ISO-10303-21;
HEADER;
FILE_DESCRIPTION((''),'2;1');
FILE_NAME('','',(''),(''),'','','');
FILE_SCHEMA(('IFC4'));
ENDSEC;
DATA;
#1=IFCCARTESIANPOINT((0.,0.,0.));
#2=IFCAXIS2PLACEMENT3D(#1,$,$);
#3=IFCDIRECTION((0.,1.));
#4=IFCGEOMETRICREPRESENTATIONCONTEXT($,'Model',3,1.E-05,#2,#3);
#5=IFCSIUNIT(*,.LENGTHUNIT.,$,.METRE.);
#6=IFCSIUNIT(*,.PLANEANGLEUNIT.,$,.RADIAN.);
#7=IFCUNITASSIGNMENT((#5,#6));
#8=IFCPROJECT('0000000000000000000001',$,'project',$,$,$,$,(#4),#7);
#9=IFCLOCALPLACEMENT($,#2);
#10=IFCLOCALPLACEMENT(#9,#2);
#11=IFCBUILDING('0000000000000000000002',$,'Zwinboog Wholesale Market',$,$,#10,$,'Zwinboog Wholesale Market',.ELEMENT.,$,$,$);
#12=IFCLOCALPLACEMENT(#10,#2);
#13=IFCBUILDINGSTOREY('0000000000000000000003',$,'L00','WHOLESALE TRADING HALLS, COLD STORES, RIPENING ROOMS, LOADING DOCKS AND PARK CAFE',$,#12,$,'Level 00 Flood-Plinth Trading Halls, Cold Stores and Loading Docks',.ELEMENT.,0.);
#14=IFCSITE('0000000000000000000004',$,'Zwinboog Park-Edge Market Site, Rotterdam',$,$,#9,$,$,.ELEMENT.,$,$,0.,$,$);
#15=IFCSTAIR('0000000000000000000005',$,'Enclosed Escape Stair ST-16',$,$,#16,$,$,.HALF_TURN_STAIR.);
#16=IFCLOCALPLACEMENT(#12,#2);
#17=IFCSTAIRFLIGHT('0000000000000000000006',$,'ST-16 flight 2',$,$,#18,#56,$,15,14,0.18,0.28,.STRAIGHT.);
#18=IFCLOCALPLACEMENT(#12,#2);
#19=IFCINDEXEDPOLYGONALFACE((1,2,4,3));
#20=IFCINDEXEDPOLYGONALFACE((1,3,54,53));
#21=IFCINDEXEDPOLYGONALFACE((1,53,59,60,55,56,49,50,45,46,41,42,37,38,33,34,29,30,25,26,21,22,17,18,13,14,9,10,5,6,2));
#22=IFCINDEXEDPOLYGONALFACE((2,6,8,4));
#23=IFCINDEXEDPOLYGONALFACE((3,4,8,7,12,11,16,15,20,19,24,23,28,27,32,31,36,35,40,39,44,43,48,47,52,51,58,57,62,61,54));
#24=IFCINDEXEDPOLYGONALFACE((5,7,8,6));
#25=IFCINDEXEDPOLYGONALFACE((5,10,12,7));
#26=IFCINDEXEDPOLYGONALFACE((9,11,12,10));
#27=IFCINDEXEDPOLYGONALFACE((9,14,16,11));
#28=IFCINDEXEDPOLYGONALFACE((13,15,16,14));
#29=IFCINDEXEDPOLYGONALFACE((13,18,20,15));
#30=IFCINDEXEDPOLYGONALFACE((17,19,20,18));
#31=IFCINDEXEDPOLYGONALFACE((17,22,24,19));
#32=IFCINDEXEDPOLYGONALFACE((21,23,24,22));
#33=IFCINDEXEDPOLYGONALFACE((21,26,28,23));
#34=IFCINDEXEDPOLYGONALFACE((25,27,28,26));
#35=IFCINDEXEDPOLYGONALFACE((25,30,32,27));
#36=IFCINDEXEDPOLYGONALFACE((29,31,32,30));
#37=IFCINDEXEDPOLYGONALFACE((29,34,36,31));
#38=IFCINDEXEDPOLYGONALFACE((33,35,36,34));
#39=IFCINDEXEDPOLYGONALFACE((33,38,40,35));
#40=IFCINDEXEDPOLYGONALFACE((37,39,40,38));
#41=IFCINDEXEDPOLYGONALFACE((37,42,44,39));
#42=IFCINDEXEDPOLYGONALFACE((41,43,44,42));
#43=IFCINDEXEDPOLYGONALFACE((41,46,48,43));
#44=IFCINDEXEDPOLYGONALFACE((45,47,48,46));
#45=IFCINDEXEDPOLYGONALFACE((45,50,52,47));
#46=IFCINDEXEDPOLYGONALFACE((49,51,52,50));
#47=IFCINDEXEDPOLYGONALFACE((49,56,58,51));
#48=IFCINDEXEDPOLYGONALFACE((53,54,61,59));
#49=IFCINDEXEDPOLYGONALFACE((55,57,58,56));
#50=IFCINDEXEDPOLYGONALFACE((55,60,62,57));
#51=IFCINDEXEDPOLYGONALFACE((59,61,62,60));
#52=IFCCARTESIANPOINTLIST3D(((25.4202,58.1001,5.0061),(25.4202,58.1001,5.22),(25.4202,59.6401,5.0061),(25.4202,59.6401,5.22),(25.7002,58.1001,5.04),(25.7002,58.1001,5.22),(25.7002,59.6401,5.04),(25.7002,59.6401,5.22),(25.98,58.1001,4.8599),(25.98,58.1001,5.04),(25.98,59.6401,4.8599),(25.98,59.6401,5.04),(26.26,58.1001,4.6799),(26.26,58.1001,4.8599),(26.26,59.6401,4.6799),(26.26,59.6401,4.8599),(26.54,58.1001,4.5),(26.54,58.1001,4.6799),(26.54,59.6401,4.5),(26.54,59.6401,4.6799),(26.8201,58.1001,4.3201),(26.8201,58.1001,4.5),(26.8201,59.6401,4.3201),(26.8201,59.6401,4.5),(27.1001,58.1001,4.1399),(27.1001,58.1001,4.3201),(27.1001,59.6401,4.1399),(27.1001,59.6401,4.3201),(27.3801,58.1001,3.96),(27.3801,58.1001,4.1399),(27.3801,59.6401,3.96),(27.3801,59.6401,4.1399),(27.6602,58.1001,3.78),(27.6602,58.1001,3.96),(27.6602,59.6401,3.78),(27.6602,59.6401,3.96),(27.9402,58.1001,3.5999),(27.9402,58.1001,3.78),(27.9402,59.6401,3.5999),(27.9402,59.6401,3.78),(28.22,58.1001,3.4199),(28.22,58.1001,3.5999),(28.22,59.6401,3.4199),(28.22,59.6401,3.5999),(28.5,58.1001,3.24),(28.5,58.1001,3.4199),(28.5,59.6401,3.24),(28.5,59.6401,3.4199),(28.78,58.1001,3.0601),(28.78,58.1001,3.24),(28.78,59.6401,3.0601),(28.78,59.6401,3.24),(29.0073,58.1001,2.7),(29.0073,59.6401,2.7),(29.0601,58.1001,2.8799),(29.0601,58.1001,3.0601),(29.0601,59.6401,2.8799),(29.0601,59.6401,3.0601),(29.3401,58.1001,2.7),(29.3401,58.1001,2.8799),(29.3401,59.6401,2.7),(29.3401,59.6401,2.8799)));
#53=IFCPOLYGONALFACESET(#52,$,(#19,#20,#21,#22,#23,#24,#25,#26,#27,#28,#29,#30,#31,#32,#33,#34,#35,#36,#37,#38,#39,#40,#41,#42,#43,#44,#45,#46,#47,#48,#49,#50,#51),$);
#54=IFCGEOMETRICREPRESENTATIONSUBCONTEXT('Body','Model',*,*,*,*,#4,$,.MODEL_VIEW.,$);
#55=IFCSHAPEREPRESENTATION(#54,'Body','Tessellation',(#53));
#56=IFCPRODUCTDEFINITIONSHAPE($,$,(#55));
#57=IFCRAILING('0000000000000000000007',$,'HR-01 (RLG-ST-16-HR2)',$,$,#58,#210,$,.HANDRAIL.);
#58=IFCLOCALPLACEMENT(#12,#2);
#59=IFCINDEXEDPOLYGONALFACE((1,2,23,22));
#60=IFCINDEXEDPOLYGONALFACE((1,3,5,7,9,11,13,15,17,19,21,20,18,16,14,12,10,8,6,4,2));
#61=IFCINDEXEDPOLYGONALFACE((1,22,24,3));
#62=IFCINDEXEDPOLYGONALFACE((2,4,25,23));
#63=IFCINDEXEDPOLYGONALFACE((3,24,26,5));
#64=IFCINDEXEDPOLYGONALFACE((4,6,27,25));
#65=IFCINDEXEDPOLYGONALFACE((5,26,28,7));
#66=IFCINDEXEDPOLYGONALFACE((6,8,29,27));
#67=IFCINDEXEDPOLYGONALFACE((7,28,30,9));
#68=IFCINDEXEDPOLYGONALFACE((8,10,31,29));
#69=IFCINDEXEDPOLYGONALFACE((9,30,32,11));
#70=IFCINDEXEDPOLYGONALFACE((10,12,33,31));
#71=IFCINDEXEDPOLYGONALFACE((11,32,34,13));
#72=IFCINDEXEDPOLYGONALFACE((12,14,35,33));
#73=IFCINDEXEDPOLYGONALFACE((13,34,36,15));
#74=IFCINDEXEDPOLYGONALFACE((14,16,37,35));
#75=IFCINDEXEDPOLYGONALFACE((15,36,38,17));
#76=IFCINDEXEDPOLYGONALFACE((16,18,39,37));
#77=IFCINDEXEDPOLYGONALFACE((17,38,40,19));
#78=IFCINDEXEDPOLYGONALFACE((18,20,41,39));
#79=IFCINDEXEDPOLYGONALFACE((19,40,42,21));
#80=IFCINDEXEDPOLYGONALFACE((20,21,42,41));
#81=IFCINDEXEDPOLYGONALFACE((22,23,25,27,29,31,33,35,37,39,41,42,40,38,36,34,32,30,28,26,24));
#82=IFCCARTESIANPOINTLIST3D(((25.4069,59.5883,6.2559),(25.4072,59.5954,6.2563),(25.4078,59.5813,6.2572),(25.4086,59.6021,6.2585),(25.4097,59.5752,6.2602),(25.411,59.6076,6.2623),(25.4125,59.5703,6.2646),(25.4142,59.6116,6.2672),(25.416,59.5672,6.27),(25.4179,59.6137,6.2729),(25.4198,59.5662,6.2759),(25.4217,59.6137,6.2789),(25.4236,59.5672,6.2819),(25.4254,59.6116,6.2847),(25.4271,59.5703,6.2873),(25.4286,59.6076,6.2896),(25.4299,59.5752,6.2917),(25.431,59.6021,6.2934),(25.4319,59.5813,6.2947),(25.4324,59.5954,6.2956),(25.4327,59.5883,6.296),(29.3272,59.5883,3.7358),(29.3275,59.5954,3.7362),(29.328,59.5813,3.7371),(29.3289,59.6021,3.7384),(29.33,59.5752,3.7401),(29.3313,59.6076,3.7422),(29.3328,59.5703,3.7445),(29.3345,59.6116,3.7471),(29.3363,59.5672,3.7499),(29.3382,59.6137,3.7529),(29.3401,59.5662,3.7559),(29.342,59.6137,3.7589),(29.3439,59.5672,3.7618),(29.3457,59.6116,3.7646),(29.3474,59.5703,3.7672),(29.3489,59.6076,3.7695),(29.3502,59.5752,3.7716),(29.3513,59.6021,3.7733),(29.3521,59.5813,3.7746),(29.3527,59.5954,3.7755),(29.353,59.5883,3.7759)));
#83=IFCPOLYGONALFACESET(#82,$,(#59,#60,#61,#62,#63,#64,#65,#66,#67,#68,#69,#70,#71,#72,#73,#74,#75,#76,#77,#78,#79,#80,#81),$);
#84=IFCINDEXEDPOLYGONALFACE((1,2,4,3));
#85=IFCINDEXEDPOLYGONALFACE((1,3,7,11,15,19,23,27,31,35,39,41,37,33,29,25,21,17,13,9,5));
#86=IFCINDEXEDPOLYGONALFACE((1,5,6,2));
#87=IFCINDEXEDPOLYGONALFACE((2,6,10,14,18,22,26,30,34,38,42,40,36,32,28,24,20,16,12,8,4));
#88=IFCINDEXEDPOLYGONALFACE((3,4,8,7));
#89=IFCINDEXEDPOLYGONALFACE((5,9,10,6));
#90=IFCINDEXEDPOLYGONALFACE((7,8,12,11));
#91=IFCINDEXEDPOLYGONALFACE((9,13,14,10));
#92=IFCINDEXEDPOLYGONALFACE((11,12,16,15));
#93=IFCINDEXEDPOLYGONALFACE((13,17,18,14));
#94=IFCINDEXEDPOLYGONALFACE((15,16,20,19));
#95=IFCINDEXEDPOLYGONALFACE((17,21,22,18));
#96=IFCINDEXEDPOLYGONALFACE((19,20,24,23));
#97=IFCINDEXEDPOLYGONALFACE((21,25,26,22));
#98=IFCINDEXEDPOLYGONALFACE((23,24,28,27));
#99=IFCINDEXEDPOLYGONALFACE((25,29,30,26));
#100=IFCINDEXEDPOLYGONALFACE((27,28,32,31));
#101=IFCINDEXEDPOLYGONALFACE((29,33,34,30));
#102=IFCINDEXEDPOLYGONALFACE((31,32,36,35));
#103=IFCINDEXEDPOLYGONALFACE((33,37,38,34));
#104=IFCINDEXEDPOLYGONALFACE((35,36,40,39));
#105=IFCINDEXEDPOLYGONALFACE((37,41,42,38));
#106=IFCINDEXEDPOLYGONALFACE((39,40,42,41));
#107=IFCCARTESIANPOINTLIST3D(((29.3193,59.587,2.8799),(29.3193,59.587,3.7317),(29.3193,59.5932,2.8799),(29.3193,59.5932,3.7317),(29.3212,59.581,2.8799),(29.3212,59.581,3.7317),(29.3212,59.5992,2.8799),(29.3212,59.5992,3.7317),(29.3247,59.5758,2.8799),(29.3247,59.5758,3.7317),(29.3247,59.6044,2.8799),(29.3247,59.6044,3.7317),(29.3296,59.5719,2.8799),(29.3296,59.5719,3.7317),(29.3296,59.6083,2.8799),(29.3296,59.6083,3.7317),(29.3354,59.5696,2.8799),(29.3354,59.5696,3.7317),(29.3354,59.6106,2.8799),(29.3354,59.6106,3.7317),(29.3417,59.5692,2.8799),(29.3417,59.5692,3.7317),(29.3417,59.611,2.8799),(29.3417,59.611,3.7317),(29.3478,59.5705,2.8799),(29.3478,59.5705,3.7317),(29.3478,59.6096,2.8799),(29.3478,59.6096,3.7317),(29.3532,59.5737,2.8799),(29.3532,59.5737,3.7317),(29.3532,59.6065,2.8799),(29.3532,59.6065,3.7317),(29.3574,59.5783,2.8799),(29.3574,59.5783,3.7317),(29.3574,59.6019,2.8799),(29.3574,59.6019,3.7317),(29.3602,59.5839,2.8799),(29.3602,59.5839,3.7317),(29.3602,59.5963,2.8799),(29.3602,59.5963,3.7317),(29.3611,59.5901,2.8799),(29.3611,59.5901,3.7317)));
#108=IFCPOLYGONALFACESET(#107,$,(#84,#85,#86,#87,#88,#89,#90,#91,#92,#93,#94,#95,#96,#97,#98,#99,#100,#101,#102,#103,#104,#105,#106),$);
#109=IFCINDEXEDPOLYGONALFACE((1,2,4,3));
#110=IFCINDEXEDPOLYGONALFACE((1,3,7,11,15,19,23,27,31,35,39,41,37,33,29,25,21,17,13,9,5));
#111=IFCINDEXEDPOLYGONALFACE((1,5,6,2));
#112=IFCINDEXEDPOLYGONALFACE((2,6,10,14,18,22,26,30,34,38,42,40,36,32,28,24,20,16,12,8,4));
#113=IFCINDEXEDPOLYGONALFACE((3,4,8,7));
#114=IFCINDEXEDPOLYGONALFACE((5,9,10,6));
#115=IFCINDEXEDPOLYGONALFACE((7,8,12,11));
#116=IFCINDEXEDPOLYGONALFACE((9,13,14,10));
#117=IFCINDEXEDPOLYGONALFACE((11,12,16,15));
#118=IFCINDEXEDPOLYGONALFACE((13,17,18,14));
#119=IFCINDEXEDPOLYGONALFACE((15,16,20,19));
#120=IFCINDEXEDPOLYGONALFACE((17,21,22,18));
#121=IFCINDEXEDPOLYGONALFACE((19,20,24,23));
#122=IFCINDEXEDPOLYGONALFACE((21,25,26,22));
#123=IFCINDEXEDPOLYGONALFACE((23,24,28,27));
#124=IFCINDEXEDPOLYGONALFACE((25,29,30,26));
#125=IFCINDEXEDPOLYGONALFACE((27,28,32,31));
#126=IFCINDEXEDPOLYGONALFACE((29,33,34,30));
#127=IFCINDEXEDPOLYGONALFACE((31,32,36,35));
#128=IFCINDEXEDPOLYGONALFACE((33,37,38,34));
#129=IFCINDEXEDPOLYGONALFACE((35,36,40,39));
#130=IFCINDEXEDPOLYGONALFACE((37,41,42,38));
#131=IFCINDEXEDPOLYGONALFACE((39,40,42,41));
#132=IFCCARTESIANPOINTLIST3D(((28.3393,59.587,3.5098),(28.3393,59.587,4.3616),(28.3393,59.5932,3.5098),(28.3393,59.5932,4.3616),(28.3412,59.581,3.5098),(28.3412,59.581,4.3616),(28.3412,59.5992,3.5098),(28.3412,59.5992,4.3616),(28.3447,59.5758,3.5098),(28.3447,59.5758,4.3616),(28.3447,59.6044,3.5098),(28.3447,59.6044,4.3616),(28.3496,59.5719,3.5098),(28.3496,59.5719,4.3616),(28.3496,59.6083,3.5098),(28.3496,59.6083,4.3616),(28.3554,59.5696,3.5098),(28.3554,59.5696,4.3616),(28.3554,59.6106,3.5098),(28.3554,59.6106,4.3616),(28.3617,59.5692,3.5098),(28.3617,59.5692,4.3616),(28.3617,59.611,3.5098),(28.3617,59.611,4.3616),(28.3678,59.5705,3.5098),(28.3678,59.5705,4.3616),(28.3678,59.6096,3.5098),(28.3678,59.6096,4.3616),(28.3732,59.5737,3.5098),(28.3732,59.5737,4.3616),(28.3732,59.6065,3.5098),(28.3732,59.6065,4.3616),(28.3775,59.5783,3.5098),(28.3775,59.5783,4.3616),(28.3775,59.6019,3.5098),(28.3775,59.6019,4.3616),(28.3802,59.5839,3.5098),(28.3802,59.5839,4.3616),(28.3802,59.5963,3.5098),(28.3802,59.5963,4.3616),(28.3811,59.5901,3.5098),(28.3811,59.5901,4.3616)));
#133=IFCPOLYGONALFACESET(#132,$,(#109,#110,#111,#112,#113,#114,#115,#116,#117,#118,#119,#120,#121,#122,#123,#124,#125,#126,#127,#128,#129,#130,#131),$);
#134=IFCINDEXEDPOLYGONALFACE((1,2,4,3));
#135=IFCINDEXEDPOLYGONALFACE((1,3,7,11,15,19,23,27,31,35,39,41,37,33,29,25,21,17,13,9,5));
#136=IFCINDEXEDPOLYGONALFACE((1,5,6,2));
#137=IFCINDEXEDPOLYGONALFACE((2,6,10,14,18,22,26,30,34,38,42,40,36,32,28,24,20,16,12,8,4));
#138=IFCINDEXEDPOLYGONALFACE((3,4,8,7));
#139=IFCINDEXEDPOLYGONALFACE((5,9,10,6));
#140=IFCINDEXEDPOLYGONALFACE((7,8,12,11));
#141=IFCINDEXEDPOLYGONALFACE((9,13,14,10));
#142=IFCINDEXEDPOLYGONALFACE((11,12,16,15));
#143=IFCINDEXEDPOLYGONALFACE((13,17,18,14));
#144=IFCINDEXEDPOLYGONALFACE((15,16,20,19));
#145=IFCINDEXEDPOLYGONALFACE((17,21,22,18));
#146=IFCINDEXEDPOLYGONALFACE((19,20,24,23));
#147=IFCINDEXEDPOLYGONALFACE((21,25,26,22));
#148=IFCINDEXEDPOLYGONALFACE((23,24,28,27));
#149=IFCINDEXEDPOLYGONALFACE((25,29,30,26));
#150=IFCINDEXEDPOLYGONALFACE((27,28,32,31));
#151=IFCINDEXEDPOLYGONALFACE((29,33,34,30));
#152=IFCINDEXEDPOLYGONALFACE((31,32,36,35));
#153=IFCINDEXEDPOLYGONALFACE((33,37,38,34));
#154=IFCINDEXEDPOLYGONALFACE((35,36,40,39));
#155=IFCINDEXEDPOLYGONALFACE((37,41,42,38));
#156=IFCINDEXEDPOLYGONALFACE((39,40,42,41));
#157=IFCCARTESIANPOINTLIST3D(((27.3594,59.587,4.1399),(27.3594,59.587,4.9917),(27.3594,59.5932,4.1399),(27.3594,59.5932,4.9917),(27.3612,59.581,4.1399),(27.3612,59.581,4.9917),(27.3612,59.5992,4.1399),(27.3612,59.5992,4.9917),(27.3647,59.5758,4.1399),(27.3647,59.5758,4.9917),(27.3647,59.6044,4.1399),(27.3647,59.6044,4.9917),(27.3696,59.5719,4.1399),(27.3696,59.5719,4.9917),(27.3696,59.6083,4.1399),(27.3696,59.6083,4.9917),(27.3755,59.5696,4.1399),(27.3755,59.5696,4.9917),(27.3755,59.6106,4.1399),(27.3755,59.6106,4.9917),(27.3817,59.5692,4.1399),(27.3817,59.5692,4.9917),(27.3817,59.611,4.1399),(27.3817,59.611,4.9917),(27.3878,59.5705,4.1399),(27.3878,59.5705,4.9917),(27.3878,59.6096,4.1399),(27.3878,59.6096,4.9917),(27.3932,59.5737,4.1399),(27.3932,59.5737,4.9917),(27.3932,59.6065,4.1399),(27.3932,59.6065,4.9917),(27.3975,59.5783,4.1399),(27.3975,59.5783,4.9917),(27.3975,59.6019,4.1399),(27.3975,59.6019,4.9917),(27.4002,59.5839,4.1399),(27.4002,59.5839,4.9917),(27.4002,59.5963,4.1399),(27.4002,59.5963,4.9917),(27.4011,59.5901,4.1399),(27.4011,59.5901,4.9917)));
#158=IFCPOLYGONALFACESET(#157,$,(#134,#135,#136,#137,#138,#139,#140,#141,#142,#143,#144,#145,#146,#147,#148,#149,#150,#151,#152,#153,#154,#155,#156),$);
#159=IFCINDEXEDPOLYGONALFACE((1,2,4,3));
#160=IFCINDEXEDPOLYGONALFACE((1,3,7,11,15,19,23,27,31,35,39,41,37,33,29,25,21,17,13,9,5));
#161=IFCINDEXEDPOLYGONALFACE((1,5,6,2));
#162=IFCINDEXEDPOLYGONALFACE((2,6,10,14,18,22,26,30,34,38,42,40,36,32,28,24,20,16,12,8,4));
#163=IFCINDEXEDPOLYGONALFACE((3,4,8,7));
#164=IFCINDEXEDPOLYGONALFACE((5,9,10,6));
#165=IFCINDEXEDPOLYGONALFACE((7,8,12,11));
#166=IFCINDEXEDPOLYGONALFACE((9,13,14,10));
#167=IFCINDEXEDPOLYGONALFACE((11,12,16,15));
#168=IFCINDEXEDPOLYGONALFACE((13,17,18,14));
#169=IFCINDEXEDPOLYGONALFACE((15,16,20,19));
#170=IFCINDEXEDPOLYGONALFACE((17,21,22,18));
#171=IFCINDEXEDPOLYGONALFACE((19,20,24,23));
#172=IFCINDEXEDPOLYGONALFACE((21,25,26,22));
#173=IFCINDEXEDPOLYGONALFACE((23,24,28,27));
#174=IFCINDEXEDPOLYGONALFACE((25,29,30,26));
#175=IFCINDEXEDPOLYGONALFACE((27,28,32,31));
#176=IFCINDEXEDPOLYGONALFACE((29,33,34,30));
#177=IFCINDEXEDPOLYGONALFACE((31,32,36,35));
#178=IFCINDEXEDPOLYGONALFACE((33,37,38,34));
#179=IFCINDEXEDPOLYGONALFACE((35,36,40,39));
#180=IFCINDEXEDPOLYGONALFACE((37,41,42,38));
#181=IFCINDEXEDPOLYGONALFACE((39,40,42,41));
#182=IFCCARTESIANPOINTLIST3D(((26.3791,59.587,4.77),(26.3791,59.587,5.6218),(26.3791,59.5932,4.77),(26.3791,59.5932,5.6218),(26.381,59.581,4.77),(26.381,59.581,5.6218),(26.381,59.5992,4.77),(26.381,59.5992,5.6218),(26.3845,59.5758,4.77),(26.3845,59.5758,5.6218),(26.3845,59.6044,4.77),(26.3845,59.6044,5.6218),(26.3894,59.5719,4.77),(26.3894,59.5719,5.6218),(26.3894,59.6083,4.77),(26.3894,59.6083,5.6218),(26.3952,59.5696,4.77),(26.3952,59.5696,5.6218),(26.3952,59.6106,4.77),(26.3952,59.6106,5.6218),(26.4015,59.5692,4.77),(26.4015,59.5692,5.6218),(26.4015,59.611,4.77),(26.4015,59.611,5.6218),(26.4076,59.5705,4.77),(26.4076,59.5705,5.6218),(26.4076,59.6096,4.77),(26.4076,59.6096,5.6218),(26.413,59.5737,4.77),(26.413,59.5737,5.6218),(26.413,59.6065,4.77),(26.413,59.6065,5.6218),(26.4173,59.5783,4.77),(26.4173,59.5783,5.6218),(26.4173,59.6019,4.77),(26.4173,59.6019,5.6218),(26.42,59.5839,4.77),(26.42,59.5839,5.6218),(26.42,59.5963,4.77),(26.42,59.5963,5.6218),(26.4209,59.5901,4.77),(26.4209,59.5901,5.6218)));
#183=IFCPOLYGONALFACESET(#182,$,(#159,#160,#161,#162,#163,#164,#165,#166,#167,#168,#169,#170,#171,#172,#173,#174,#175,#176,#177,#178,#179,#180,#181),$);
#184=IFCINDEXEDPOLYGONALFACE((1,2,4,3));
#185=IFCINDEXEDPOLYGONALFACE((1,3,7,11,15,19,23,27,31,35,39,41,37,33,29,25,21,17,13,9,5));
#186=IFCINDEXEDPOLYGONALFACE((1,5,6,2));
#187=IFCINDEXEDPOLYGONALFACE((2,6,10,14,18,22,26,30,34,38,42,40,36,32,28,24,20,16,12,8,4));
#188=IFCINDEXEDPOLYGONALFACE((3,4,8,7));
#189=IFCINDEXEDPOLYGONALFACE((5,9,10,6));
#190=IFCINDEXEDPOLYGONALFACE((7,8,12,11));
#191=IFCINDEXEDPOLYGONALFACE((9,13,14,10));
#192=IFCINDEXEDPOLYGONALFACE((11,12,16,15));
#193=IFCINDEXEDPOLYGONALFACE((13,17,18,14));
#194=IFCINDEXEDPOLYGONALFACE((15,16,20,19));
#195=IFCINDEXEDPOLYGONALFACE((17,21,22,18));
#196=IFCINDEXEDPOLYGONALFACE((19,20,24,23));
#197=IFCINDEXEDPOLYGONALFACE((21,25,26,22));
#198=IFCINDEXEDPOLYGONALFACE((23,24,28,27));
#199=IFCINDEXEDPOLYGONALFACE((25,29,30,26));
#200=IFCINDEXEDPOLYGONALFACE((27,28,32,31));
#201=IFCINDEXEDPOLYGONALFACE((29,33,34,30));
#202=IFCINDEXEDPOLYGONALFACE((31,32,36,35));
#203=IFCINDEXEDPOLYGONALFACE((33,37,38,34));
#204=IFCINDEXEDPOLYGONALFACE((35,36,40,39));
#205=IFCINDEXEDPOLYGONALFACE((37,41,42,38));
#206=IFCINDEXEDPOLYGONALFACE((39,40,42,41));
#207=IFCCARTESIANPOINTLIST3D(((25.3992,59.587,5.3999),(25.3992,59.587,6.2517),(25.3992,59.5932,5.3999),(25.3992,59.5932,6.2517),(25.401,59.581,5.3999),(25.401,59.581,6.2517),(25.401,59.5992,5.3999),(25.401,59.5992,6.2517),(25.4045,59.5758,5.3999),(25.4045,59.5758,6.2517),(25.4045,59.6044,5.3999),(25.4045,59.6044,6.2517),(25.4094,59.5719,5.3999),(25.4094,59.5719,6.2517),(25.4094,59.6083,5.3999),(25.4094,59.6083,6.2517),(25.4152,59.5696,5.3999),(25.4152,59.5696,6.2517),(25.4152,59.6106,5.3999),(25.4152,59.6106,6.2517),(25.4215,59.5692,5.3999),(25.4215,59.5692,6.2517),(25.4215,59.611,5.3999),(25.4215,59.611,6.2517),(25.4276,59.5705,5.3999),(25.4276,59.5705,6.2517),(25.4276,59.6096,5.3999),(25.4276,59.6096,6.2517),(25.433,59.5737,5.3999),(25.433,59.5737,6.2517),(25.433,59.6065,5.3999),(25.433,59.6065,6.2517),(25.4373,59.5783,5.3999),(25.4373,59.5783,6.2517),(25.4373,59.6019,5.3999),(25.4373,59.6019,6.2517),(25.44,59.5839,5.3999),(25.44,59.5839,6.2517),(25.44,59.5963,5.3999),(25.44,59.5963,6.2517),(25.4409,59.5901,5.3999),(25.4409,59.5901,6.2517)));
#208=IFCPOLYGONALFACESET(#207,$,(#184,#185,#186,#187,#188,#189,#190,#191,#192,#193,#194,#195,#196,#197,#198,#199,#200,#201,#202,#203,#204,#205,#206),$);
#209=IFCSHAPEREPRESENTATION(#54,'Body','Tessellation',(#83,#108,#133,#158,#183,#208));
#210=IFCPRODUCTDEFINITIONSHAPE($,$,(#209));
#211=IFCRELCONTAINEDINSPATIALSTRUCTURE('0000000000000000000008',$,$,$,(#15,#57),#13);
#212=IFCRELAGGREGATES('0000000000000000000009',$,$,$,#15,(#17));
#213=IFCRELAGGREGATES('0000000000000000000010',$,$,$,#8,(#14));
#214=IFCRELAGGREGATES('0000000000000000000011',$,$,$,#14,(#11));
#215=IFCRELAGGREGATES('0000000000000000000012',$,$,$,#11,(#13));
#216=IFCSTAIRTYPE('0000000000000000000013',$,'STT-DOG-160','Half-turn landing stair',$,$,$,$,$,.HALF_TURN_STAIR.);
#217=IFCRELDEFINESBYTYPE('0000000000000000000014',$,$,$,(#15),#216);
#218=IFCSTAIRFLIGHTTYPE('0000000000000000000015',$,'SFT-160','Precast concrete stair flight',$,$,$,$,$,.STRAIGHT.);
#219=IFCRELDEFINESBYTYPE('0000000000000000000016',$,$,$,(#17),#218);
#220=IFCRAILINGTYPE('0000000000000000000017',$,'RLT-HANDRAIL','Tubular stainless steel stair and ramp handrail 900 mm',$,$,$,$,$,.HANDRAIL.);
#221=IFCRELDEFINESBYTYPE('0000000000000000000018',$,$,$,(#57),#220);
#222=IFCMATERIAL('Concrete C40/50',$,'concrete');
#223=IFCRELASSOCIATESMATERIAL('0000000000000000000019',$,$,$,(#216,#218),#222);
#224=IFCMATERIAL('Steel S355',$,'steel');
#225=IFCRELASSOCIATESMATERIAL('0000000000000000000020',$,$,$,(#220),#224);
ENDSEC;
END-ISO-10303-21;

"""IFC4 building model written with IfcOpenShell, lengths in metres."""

from ifc_helpers import new_model, si_unit, direction, frame, origin, origin_2d, place, context, subcontext, project, spatial, polyline, circle, outline, extrude, material, type_object, element, aggregate, save


model = new_model("IFC4")

# Units and contexts
model_context = context("Model", 3, precision=1e-05, world=origin(), true_north=direction((0.0, 1.0)))
body_context = subcontext(model_context, "Body", "Model", "MODEL_VIEW")
ifc_project = project(units=[si_unit("LENGTHUNIT", "METRE"), si_unit("PLANEANGLEUNIT", "RADIAN")], contexts=[model_context])

# Site, building, storey
site_placement = place(None, origin())
site = spatial("IfcSite", under=ifc_project, at=site_placement, Name="Zwinboog Park-Edge Market Site, Rotterdam", CompositionType="ELEMENT", RefElevation=0.0)
building_placement = place(site_placement, origin())
building = spatial("IfcBuilding", under=site, at=building_placement, Name="Zwinboog Wholesale Market", LongName="Zwinboog Wholesale Market", CompositionType="ELEMENT")
storey_placement = place(building_placement, origin())
storey = spatial("IfcBuildingStorey", under=building, at=storey_placement, Name="L00", Description="WHOLESALE TRADING HALLS, COLD STORES, RIPENING ROOMS, LOADING DOCKS AND PARK CAFE", LongName="Level 00 Flood-Plinth Trading Halls, Cold Stores and Loading Docks", CompositionType="ELEMENT", Elevation=0.0)

# Shared definitions
ifc_material_1 = material(Name="Concrete C40/50", Category="concrete")

# Stair, stair flight
stair_type = type_object("IfcStairType", Name="STT-DOG-160", Description="Half-turn landing stair", PredefinedType="HALF_TURN_STAIR", material=ifc_material_1)
stair_placement = place(storey_placement, origin())
stair = element("IfcStair", 1, at=stair_placement, inside=storey, type_object=stair_type, Name="Enclosed Escape Stair ST-16", PredefinedType="HALF_TURN_STAIR")
stair_flight_type = type_object("IfcStairFlightType", Name="SFT-160", Description="Precast concrete stair flight", PredefinedType="STRAIGHT", material=ifc_material_1)
stair_flight_placement = place(storey_placement, frame((29.3401, 58.8701, 2.7), z_axis=(0.0, 0.0, 1.0), x_axis=(-1.0, 0.0, 0.0)))
stair_flight = element("IfcStairFlight", 2, at=stair_flight_placement, type_object=stair_flight_type, Name="ST-16 flight 2", NumberOfRisers=15, NumberOfTreads=14, PredefinedType="STRAIGHT", RiserHeight=0.18, TreadLength=0.28, context=body_context, shape_type="SweptSolid", body=[
    extrude(outline(polyline([(0.0, 0.0), (0.0, 0.1799), (0.28, 0.1799), (0.28, 0.3601), (0.5601, 0.3601), (0.5601, 0.54), (0.8401, 0.54), (0.8401, 0.72), (1.1201, 0.72), (1.1201, 0.8999), (1.3999, 0.8999), (1.3999, 1.0801), (1.6799, 1.0801), (1.6799, 1.26), (1.96, 1.26), (1.96, 1.4399), (2.24, 1.4399), (2.24, 1.6201), (2.52, 1.6201), (2.52, 1.8), (2.8, 1.8), (2.8, 1.98), (3.0801, 1.98), (3.0801, 2.1599), (3.3601, 2.1599), (3.3601, 2.3401), (3.6399, 2.3401), (3.6399, 2.52), (3.9199, 2.52), (3.9199, 2.7), (3.9199, 2.3062), (0.3328, 0.0), (0.0, 0.0)])), frame((0.0, 0.77, 0.0), z_axis=(0.0, -1.0, 0.0), x_axis=(1.0, 0.0, 0.0)), (0.0, 0.0, 1.0), 1.54),
])
aggregate(stair, [stair_flight])

# Railing
ifc_material_2 = material(Name="Steel S355", Category="steel")
railing_type_1 = type_object("IfcRailingType", Name="RLT-HANDRAIL", Description="Tubular stainless steel stair and ramp handrail 900 mm", PredefinedType="HANDRAIL", material=ifc_material_2)
railing_1_placement = place(storey_placement, frame((29.3401, 59.5901, 2.8799)))
element("IfcRailing", 3, at=railing_1_placement, inside=storey, type_object=railing_type_1, Name="HR-01 (RLG-ST-16-HR2)", PredefinedType="HANDRAIL", context=body_context, shape_type="SweptSolid", body=[
    extrude(circle(Radius=0.0239, at=origin_2d()), frame((0.0, 0.0, 0.876), z_axis=(-0.841187, 0.0, 0.540744), x_axis=(0.0, -1.0, 0.0)), (0.0, 0.0, 1.0), 4.6604),
    extrude(circle(Radius=0.021, at=origin_2d()), origin(), (0.0, 0.0, 1.0), 0.8518),
    extrude(circle(Radius=0.021, at=origin_2d()), frame((-0.98, 0.0, 0.6299)), (0.0, 0.0, 1.0), 0.8518),
    extrude(circle(Radius=0.021, at=origin_2d()), frame((-1.96, 0.0, 1.26)), (0.0, 0.0, 1.0), 0.8518),
    extrude(circle(Radius=0.021, at=origin_2d()), frame((-2.9402, 0.0, 1.8901)), (0.0, 0.0, 1.0), 0.8518),
    extrude(circle(Radius=0.021, at=origin_2d()), frame((-3.9202, 0.0, 2.52)), (0.0, 0.0, 1.0), 0.8518),
])

save(model, "model.ifc")
